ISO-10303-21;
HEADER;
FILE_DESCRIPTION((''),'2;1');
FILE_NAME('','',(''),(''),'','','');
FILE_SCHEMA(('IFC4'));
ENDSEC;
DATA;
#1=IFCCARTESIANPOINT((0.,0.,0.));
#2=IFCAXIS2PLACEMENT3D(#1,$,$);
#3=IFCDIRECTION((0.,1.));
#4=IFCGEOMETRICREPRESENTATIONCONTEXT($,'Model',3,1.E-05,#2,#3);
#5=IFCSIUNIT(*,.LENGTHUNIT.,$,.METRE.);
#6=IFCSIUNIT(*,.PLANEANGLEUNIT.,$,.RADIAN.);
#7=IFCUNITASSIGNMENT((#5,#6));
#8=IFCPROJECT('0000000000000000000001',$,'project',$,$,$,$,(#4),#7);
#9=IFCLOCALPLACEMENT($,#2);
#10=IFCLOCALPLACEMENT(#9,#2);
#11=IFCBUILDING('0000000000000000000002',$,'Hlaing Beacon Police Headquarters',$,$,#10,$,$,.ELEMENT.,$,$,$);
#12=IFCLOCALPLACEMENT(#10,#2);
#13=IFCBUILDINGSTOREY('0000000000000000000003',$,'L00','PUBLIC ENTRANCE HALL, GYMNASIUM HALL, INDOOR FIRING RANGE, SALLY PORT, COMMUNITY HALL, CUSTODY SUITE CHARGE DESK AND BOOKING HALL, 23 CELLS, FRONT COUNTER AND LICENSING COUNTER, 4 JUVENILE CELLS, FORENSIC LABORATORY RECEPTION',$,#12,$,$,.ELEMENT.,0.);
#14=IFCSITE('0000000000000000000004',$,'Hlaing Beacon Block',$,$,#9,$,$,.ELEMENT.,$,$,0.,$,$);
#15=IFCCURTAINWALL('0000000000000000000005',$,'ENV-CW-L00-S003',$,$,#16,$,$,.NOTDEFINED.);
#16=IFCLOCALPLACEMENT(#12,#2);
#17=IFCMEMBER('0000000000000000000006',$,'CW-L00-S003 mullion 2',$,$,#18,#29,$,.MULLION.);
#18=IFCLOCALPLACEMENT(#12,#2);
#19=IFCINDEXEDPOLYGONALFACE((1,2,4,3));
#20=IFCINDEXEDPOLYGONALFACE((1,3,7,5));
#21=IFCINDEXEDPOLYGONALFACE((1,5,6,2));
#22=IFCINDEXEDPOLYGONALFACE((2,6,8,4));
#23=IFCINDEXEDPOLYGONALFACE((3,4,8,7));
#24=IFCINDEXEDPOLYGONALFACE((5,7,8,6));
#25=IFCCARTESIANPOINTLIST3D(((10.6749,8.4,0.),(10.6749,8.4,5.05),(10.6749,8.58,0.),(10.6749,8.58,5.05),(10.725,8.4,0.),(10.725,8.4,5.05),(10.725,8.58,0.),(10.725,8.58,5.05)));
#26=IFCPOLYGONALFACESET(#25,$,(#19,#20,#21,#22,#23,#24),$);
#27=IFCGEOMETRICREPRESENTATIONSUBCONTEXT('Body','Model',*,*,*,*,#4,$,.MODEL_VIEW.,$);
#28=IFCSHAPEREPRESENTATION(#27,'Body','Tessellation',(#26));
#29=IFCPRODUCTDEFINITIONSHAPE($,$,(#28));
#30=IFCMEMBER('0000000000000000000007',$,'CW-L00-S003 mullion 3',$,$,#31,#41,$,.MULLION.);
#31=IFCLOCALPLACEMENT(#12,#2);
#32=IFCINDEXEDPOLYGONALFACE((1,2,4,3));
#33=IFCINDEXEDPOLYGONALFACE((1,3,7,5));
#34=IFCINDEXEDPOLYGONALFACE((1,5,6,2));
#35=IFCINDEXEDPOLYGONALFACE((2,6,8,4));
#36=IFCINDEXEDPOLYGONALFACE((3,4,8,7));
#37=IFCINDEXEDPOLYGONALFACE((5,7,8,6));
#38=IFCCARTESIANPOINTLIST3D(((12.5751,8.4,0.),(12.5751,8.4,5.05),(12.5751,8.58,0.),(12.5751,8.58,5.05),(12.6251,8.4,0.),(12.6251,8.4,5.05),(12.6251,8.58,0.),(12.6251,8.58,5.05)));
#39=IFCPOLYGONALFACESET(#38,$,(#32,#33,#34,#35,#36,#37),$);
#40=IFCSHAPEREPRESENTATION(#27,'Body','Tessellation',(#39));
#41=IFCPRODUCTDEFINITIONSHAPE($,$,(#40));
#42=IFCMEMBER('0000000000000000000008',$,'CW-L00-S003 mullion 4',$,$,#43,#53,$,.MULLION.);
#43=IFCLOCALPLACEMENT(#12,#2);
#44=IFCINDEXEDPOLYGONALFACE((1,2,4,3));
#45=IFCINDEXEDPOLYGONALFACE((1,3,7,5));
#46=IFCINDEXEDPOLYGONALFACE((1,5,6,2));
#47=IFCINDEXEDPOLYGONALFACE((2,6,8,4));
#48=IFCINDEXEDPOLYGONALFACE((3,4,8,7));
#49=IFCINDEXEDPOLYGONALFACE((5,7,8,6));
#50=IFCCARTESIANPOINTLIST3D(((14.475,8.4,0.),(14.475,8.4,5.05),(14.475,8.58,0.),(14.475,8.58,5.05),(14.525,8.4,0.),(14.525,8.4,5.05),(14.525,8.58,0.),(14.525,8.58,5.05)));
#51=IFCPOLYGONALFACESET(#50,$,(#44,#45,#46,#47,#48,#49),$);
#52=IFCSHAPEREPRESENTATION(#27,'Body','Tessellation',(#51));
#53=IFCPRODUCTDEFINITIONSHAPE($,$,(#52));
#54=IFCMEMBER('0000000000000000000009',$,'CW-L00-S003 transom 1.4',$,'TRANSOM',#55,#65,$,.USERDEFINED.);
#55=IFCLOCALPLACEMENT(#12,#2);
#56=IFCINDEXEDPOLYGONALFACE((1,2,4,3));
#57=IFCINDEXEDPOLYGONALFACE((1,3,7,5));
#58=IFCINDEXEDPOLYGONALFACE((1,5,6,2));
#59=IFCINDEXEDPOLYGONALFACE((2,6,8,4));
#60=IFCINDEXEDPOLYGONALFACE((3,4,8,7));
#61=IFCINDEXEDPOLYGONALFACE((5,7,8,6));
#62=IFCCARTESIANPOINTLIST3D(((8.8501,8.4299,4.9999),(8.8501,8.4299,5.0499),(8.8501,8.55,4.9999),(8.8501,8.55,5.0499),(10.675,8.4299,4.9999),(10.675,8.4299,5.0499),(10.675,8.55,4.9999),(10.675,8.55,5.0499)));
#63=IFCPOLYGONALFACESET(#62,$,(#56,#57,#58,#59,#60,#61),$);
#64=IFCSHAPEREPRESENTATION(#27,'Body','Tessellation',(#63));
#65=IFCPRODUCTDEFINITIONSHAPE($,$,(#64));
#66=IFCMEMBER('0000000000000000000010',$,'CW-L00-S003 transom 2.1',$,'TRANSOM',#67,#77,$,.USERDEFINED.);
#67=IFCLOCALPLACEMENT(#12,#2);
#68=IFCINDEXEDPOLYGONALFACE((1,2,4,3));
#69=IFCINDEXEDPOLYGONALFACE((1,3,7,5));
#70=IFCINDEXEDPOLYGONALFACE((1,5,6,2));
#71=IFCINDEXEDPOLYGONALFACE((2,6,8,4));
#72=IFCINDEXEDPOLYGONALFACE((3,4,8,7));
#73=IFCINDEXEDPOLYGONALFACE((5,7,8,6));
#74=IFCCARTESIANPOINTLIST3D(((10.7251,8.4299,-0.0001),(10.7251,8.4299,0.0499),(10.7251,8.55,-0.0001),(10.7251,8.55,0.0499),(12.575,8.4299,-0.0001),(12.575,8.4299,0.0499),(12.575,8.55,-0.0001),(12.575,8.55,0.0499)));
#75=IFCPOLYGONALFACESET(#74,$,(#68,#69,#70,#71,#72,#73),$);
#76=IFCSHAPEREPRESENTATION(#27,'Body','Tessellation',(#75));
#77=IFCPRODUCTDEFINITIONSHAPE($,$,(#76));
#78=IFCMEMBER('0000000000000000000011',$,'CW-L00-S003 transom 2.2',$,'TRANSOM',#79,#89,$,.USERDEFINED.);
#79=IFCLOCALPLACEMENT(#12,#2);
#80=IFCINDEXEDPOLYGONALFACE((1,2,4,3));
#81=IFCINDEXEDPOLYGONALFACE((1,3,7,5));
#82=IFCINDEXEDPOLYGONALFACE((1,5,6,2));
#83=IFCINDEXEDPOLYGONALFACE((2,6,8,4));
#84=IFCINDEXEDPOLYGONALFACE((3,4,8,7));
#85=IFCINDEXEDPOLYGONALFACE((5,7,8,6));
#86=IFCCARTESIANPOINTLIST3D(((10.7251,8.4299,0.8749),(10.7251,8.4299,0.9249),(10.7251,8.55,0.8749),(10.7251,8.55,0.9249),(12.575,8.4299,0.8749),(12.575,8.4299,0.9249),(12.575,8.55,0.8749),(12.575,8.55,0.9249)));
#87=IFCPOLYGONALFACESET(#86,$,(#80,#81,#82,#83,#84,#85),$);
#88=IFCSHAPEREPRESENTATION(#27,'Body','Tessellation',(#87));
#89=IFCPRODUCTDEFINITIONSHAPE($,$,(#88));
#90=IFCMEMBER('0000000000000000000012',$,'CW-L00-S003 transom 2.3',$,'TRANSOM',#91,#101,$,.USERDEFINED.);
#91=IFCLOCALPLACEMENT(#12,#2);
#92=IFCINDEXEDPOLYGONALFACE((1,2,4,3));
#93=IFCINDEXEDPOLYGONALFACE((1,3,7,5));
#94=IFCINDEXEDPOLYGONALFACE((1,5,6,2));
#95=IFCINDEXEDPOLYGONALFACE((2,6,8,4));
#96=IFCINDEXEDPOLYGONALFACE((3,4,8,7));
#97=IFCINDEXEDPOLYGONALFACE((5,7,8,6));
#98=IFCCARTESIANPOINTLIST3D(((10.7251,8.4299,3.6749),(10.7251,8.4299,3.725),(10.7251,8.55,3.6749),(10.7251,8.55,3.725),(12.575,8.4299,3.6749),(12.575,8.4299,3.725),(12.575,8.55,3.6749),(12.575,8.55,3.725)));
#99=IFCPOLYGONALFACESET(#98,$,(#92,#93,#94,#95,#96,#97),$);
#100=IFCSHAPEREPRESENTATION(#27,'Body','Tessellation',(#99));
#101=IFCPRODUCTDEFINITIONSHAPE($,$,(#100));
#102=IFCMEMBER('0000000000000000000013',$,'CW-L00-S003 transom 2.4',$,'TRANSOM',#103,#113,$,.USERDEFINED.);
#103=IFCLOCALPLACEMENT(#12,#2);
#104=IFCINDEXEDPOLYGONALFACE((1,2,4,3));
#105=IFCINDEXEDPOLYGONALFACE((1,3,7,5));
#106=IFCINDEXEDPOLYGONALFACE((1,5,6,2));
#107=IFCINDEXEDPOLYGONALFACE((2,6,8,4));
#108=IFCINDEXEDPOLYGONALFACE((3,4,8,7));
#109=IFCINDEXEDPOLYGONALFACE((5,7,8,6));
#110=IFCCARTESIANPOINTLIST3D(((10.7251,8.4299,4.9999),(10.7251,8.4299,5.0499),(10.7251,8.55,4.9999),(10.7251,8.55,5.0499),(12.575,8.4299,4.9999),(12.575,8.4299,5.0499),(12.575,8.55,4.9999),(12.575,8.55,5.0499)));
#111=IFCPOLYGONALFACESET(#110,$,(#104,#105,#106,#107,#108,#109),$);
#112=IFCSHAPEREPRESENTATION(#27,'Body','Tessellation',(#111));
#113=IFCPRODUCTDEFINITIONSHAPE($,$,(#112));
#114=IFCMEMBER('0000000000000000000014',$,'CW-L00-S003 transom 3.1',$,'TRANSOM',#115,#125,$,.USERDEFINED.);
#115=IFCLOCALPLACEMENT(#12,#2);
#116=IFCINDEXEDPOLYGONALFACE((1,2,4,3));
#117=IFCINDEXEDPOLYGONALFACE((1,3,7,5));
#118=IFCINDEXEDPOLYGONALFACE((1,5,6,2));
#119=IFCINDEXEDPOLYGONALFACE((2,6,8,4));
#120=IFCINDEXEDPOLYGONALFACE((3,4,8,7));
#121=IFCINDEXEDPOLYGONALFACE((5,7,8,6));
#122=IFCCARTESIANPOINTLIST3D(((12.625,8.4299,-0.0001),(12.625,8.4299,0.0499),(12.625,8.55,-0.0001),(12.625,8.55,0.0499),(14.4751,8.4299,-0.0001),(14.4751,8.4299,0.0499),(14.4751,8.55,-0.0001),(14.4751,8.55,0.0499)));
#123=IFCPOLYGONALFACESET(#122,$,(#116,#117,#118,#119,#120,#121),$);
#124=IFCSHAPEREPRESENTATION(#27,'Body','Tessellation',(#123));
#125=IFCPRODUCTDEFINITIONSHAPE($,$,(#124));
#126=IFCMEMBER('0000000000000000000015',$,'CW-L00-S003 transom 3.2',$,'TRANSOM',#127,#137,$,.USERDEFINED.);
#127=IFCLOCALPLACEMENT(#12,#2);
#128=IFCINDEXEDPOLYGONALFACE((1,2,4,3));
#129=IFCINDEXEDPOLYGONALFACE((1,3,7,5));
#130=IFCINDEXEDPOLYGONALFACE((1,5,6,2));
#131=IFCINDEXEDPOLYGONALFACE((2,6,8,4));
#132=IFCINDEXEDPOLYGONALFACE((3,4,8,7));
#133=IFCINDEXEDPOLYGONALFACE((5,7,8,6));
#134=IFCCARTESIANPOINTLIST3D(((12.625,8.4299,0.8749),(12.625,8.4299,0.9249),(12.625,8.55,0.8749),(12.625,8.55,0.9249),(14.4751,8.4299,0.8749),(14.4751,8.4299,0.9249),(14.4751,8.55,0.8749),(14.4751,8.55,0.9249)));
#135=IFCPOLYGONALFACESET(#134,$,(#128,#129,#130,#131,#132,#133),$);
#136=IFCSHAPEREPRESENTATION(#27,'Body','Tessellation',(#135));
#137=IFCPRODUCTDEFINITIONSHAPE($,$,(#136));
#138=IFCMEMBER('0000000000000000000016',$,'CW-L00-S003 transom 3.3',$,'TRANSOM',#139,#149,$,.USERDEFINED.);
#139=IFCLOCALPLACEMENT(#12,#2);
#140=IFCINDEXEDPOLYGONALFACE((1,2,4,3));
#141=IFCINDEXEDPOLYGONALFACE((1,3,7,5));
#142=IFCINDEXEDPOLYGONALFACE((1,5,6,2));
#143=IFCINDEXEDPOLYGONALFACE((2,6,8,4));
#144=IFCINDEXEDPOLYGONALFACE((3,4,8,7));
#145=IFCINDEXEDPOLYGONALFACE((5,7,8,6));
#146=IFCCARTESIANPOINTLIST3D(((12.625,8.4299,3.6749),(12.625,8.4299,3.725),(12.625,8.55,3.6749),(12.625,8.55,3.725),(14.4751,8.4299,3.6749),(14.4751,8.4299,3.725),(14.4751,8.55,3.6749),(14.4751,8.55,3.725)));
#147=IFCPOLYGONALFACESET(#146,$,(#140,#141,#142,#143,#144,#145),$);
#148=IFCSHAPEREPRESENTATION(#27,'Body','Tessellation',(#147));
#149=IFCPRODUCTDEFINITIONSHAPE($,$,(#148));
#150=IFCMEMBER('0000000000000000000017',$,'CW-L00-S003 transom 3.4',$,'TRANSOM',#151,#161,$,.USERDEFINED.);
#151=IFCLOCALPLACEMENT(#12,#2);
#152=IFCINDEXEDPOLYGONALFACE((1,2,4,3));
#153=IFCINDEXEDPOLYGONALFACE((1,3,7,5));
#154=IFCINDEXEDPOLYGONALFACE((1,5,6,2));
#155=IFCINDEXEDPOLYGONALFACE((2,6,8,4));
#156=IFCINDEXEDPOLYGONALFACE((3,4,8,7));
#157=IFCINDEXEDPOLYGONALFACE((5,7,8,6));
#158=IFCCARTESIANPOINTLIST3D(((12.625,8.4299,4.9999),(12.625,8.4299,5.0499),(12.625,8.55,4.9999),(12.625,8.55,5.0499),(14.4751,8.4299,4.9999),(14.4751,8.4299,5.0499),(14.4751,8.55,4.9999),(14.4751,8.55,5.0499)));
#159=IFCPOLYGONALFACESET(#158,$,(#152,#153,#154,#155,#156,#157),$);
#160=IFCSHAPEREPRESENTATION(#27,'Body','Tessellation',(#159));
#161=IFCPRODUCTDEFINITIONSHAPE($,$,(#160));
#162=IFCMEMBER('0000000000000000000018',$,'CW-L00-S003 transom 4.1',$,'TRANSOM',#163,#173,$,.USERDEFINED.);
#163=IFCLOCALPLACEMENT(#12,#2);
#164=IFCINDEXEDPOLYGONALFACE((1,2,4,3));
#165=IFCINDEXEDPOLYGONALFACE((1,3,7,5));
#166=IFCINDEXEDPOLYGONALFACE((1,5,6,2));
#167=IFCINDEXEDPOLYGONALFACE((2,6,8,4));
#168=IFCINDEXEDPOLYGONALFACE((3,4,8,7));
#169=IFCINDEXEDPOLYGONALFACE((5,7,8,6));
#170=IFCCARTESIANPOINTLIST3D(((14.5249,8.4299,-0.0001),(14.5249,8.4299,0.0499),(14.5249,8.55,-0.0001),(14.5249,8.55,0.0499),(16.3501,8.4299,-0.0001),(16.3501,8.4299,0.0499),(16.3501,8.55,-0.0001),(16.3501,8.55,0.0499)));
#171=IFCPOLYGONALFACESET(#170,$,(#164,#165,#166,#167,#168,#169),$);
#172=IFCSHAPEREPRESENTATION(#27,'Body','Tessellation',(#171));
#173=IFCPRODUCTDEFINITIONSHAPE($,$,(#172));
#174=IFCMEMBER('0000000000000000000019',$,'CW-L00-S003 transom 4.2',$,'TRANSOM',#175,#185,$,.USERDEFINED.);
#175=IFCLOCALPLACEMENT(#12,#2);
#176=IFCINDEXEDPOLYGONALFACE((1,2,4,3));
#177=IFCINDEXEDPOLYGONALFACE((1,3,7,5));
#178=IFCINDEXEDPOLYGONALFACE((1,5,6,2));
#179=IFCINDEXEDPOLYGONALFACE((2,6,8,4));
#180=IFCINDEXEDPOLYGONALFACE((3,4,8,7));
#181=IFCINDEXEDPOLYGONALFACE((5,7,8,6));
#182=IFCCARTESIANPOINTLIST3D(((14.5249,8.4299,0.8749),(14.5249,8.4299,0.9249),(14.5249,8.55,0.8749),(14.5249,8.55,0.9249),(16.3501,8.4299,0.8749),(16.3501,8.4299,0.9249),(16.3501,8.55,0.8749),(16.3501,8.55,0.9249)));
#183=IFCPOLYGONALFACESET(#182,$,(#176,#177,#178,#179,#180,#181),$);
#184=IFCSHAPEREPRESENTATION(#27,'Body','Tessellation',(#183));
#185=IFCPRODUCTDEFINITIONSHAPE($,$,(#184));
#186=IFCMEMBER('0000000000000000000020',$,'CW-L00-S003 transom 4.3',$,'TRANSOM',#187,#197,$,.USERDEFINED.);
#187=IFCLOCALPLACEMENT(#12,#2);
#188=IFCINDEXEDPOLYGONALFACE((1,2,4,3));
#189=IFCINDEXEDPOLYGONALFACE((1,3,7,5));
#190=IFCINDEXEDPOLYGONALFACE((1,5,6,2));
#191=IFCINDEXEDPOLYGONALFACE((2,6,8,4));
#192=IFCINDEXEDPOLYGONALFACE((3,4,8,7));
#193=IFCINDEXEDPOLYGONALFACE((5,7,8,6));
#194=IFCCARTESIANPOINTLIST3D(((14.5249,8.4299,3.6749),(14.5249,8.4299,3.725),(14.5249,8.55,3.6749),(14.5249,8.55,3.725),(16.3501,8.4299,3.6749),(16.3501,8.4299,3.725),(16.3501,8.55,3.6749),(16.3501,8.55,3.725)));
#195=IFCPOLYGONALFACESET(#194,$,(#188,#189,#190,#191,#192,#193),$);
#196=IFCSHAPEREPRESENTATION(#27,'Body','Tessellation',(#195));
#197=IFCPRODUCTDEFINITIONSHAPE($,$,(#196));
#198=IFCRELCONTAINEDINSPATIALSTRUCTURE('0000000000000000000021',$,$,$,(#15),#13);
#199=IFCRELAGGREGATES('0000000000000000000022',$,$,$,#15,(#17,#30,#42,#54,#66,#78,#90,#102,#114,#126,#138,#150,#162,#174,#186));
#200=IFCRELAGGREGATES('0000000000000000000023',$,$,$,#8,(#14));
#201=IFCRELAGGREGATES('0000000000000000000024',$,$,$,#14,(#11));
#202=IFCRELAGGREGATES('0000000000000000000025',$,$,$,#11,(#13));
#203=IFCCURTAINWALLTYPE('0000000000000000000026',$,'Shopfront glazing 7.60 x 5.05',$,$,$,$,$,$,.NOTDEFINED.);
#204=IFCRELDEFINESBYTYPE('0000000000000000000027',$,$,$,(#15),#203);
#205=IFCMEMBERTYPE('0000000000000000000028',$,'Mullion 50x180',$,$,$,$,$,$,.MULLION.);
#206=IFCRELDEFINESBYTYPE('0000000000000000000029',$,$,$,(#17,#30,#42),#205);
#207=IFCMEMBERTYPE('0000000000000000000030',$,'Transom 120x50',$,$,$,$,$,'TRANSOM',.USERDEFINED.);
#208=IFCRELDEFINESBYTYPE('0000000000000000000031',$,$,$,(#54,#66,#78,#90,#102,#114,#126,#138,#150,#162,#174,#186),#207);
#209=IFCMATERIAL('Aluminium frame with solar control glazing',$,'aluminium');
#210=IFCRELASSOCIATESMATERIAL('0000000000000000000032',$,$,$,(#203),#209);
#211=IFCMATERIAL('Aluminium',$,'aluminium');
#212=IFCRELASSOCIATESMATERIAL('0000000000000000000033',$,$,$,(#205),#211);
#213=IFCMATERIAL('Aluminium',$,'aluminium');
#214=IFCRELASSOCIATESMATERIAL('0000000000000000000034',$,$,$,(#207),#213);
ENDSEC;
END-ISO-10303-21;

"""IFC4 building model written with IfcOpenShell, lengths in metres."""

from ifc_helpers import new_model, si_unit, direction, frame, origin, origin_2d, place, context, subcontext, project, spatial, rectangle, extrude, material, material_profile, profile_set, type_object, element, aggregate, save


model = new_model("IFC4")

# Units and contexts
model_context = context("Model", 3, precision=1e-05, world=origin(), true_north=direction((0.0, 1.0)))
body_context = subcontext(model_context, "Body", "Model", "MODEL_VIEW")
ifc_project = project(units=[si_unit("LENGTHUNIT", "METRE"), si_unit("PLANEANGLEUNIT", "RADIAN")], contexts=[model_context])

# Site, building, storey
site_placement = place(None, origin())
site = spatial("IfcSite", under=ifc_project, at=site_placement, Name="Hlaing Beacon Block", CompositionType="ELEMENT", RefElevation=0.0)
building_placement = place(site_placement, origin())
building = spatial("IfcBuilding", under=site, at=building_placement, Name="Hlaing Beacon Police Headquarters", CompositionType="ELEMENT")
storey_placement = place(building_placement, origin())
storey = spatial("IfcBuildingStorey", under=building, at=storey_placement, Name="L00", Description="PUBLIC ENTRANCE HALL, GYMNASIUM HALL, INDOOR FIRING RANGE, SALLY PORT, COMMUNITY HALL, CUSTODY SUITE CHARGE DESK AND BOOKING HALL, 23 CELLS, FRONT COUNTER AND LICENSING COUNTER, 4 JUVENILE CELLS, FORENSIC LABORATORY RECEPTION", CompositionType="ELEMENT", Elevation=0.0)

# Curtain wall, members
ifc_material_1 = material(Name="Aluminium frame with solar control glazing", Category="aluminium")
curtain_wall_type = type_object("IfcCurtainWallType", Name="Shopfront glazing 7.60 x 5.05", PredefinedType="NOTDEFINED", material=ifc_material_1)
curtain_wall_placement = place(storey_placement, origin())
curtain_wall = element("IfcCurtainWall", 1, at=curtain_wall_placement, inside=storey, type_object=curtain_wall_type, Name="ENV-CW-L00-S003", PredefinedType="NOTDEFINED")
ifc_material_2 = material(Name="Aluminium", Category="aluminium")
ifc_material_profile_1 = material_profile(ifc_material_2, rectangle(XDim=0.1799, YDim=0.05, at=origin_2d()), Name="Mullion 50x180")
ifc_profile_set_1 = profile_set([ifc_material_profile_1], Name="Aluminium")
member_type_1 = type_object("IfcMemberType", Name="Mullion 50x180", PredefinedType="MULLION", material=ifc_profile_set_1)
member_1_placement = place(storey_placement, frame((10.7, 8.49, 0.0), z_axis=(0.0, 0.0, 1.0), x_axis=(0.0, 1.0, 0.0)))
member_1 = element("IfcMember", 2, at=member_1_placement, type_object=member_type_1, Name="CW-L00-S003 mullion 2", PredefinedType="MULLION", context=body_context, shape_type="SweptSolid", body=[
    extrude(rectangle(XDim=0.1799, YDim=0.05, at=origin_2d()), origin(), (0.0, 0.0, 1.0), 5.05),
])
member_2_placement = place(storey_placement, frame((12.6001, 8.49, 0.0), z_axis=(0.0, 0.0, 1.0), x_axis=(0.0, 1.0, 0.0)))
member_2 = element("IfcMember", 3, at=member_2_placement, type_object=member_type_1, Name="CW-L00-S003 mullion 3", PredefinedType="MULLION", context=body_context, shape_type="SweptSolid", body=[
    extrude(rectangle(XDim=0.1799, YDim=0.05, at=origin_2d()), origin(), (0.0, 0.0, 1.0), 5.05),
])
member_3_placement = place(storey_placement, frame((14.5, 8.49, 0.0), z_axis=(0.0, 0.0, 1.0), x_axis=(0.0, 1.0, 0.0)))
member_3 = element("IfcMember", 4, at=member_3_placement, type_object=member_type_1, Name="CW-L00-S003 mullion 4", PredefinedType="MULLION", context=body_context, shape_type="SweptSolid", body=[
    extrude(rectangle(XDim=0.1799, YDim=0.05, at=origin_2d()), origin(), (0.0, 0.0, 1.0), 5.05),
])
ifc_material_3 = material(Name="Aluminium", Category="aluminium")
ifc_material_profile_2 = material_profile(ifc_material_3, rectangle(XDim=0.1201, YDim=0.05, at=origin_2d()), Name="Transom 120x50")
ifc_profile_set_2 = profile_set([ifc_material_profile_2], Name="Aluminium")
member_type_2 = type_object("IfcMemberType", Name="Transom 120x50", ElementType="TRANSOM", PredefinedType="USERDEFINED", material=ifc_profile_set_2)
member_4_placement = place(storey_placement, frame((8.8501, 8.49, 5.0249), z_axis=(1.0, 0.0, 0.0), x_axis=(0.0, 1.0, 0.0)))
member_4 = element("IfcMember", 5, at=member_4_placement, type_object=member_type_2, Name="CW-L00-S003 transom 1.4", ObjectType="TRANSOM", PredefinedType="USERDEFINED", context=body_context, shape_type="SweptSolid", body=[
    extrude(rectangle(XDim=0.1201, YDim=0.05, at=origin_2d()), origin(), (0.0, 0.0, 1.0), 1.825),
])
member_5_placement = place(storey_placement, frame((10.7251, 8.49, 0.0249), z_axis=(1.0, 0.0, 0.0), x_axis=(0.0, 1.0, 0.0)))
member_5 = element("IfcMember", 6, at=member_5_placement, type_object=member_type_2, Name="CW-L00-S003 transom 2.1", ObjectType="TRANSOM", PredefinedType="USERDEFINED", context=body_context, shape_type="SweptSolid", body=[
    extrude(rectangle(XDim=0.1201, YDim=0.05, at=origin_2d()), origin(), (0.0, 0.0, 1.0), 1.8499),
])
member_6_placement = place(storey_placement, frame((10.7251, 8.49, 0.8999), z_axis=(1.0, 0.0, 0.0), x_axis=(0.0, 1.0, 0.0)))
member_6 = element("IfcMember", 7, at=member_6_placement, type_object=member_type_2, Name="CW-L00-S003 transom 2.2", ObjectType="TRANSOM", PredefinedType="USERDEFINED", context=body_context, shape_type="SweptSolid", body=[
    extrude(rectangle(XDim=0.1201, YDim=0.05, at=origin_2d()), origin(), (0.0, 0.0, 1.0), 1.8499),
])
member_7_placement = place(storey_placement, frame((10.7251, 8.49, 3.7), z_axis=(1.0, 0.0, 0.0), x_axis=(0.0, 1.0, 0.0)))
member_7 = element("IfcMember", 8, at=member_7_placement, type_object=member_type_2, Name="CW-L00-S003 transom 2.3", ObjectType="TRANSOM", PredefinedType="USERDEFINED", context=body_context, shape_type="SweptSolid", body=[
    extrude(rectangle(XDim=0.1201, YDim=0.05, at=origin_2d()), origin(), (0.0, 0.0, 1.0), 1.8499),
])
member_8_placement = place(storey_placement, frame((10.7251, 8.49, 5.0249), z_axis=(1.0, 0.0, 0.0), x_axis=(0.0, 1.0, 0.0)))
member_8 = element("IfcMember", 9, at=member_8_placement, type_object=member_type_2, Name="CW-L00-S003 transom 2.4", ObjectType="TRANSOM", PredefinedType="USERDEFINED", context=body_context, shape_type="SweptSolid", body=[
    extrude(rectangle(XDim=0.1201, YDim=0.05, at=origin_2d()), origin(), (0.0, 0.0, 1.0), 1.8499),
])
member_9_placement = place(storey_placement, frame((12.625, 8.49, 0.0249), z_axis=(1.0, 0.0, 0.0), x_axis=(0.0, 1.0, 0.0)))
member_9 = element("IfcMember", 10, at=member_9_placement, type_object=member_type_2, Name="CW-L00-S003 transom 3.1", ObjectType="TRANSOM", PredefinedType="USERDEFINED", context=body_context, shape_type="SweptSolid", body=[
    extrude(rectangle(XDim=0.1201, YDim=0.05, at=origin_2d()), origin(), (0.0, 0.0, 1.0), 1.8501),
])
member_10_placement = place(storey_placement, frame((12.625, 8.49, 0.8999), z_axis=(1.0, 0.0, 0.0), x_axis=(0.0, 1.0, 0.0)))
member_10 = element("IfcMember", 11, at=member_10_placement, type_object=member_type_2, Name="CW-L00-S003 transom 3.2", ObjectType="TRANSOM", PredefinedType="USERDEFINED", context=body_context, shape_type="SweptSolid", body=[
    extrude(rectangle(XDim=0.1201, YDim=0.05, at=origin_2d()), origin(), (0.0, 0.0, 1.0), 1.8501),
])
member_11_placement = place(storey_placement, frame((12.625, 8.49, 3.7), z_axis=(1.0, 0.0, 0.0), x_axis=(0.0, 1.0, 0.0)))
member_11 = element("IfcMember", 12, at=member_11_placement, type_object=member_type_2, Name="CW-L00-S003 transom 3.3", ObjectType="TRANSOM", PredefinedType="USERDEFINED", context=body_context, shape_type="SweptSolid", body=[
    extrude(rectangle(XDim=0.1201, YDim=0.05, at=origin_2d()), origin(), (0.0, 0.0, 1.0), 1.8501),
])
member_12_placement = place(storey_placement, frame((12.625, 8.49, 5.0249), z_axis=(1.0, 0.0, 0.0), x_axis=(0.0, 1.0, 0.0)))
member_12 = element("IfcMember", 13, at=member_12_placement, type_object=member_type_2, Name="CW-L00-S003 transom 3.4", ObjectType="TRANSOM", PredefinedType="USERDEFINED", context=body_context, shape_type="SweptSolid", body=[
    extrude(rectangle(XDim=0.1201, YDim=0.05, at=origin_2d()), origin(), (0.0, 0.0, 1.0), 1.8501),
])
member_13_placement = place(storey_placement, frame((14.5249, 8.49, 0.0249), z_axis=(1.0, 0.0, 0.0), x_axis=(0.0, 1.0, 0.0)))
member_13 = element("IfcMember", 14, at=member_13_placement, type_object=member_type_2, Name="CW-L00-S003 transom 4.1", ObjectType="TRANSOM", PredefinedType="USERDEFINED", context=body_context, shape_type="SweptSolid", body=[
    extrude(rectangle(XDim=0.1201, YDim=0.05, at=origin_2d()), origin(), (0.0, 0.0, 1.0), 1.8252),
])
member_14_placement = place(storey_placement, frame((14.5249, 8.49, 0.8999), z_axis=(1.0, 0.0, 0.0), x_axis=(0.0, 1.0, 0.0)))
member_14 = element("IfcMember", 15, at=member_14_placement, type_object=member_type_2, Name="CW-L00-S003 transom 4.2", ObjectType="TRANSOM", PredefinedType="USERDEFINED", context=body_context, shape_type="SweptSolid", body=[
    extrude(rectangle(XDim=0.1201, YDim=0.05, at=origin_2d()), origin(), (0.0, 0.0, 1.0), 1.8252),
])
member_15_placement = place(storey_placement, frame((14.5249, 8.49, 3.7), z_axis=(1.0, 0.0, 0.0), x_axis=(0.0, 1.0, 0.0)))
member_15 = element("IfcMember", 16, at=member_15_placement, type_object=member_type_2, Name="CW-L00-S003 transom 4.3", ObjectType="TRANSOM", PredefinedType="USERDEFINED", context=body_context, shape_type="SweptSolid", body=[
    extrude(rectangle(XDim=0.1201, YDim=0.05, at=origin_2d()), origin(), (0.0, 0.0, 1.0), 1.8252),
])
aggregate(curtain_wall, [member_1, member_2, member_3, member_4, member_5, member_6, member_7, member_8, member_9, member_10, member_11, member_12, member_13, member_14, member_15])

save(model, "model.ifc")
